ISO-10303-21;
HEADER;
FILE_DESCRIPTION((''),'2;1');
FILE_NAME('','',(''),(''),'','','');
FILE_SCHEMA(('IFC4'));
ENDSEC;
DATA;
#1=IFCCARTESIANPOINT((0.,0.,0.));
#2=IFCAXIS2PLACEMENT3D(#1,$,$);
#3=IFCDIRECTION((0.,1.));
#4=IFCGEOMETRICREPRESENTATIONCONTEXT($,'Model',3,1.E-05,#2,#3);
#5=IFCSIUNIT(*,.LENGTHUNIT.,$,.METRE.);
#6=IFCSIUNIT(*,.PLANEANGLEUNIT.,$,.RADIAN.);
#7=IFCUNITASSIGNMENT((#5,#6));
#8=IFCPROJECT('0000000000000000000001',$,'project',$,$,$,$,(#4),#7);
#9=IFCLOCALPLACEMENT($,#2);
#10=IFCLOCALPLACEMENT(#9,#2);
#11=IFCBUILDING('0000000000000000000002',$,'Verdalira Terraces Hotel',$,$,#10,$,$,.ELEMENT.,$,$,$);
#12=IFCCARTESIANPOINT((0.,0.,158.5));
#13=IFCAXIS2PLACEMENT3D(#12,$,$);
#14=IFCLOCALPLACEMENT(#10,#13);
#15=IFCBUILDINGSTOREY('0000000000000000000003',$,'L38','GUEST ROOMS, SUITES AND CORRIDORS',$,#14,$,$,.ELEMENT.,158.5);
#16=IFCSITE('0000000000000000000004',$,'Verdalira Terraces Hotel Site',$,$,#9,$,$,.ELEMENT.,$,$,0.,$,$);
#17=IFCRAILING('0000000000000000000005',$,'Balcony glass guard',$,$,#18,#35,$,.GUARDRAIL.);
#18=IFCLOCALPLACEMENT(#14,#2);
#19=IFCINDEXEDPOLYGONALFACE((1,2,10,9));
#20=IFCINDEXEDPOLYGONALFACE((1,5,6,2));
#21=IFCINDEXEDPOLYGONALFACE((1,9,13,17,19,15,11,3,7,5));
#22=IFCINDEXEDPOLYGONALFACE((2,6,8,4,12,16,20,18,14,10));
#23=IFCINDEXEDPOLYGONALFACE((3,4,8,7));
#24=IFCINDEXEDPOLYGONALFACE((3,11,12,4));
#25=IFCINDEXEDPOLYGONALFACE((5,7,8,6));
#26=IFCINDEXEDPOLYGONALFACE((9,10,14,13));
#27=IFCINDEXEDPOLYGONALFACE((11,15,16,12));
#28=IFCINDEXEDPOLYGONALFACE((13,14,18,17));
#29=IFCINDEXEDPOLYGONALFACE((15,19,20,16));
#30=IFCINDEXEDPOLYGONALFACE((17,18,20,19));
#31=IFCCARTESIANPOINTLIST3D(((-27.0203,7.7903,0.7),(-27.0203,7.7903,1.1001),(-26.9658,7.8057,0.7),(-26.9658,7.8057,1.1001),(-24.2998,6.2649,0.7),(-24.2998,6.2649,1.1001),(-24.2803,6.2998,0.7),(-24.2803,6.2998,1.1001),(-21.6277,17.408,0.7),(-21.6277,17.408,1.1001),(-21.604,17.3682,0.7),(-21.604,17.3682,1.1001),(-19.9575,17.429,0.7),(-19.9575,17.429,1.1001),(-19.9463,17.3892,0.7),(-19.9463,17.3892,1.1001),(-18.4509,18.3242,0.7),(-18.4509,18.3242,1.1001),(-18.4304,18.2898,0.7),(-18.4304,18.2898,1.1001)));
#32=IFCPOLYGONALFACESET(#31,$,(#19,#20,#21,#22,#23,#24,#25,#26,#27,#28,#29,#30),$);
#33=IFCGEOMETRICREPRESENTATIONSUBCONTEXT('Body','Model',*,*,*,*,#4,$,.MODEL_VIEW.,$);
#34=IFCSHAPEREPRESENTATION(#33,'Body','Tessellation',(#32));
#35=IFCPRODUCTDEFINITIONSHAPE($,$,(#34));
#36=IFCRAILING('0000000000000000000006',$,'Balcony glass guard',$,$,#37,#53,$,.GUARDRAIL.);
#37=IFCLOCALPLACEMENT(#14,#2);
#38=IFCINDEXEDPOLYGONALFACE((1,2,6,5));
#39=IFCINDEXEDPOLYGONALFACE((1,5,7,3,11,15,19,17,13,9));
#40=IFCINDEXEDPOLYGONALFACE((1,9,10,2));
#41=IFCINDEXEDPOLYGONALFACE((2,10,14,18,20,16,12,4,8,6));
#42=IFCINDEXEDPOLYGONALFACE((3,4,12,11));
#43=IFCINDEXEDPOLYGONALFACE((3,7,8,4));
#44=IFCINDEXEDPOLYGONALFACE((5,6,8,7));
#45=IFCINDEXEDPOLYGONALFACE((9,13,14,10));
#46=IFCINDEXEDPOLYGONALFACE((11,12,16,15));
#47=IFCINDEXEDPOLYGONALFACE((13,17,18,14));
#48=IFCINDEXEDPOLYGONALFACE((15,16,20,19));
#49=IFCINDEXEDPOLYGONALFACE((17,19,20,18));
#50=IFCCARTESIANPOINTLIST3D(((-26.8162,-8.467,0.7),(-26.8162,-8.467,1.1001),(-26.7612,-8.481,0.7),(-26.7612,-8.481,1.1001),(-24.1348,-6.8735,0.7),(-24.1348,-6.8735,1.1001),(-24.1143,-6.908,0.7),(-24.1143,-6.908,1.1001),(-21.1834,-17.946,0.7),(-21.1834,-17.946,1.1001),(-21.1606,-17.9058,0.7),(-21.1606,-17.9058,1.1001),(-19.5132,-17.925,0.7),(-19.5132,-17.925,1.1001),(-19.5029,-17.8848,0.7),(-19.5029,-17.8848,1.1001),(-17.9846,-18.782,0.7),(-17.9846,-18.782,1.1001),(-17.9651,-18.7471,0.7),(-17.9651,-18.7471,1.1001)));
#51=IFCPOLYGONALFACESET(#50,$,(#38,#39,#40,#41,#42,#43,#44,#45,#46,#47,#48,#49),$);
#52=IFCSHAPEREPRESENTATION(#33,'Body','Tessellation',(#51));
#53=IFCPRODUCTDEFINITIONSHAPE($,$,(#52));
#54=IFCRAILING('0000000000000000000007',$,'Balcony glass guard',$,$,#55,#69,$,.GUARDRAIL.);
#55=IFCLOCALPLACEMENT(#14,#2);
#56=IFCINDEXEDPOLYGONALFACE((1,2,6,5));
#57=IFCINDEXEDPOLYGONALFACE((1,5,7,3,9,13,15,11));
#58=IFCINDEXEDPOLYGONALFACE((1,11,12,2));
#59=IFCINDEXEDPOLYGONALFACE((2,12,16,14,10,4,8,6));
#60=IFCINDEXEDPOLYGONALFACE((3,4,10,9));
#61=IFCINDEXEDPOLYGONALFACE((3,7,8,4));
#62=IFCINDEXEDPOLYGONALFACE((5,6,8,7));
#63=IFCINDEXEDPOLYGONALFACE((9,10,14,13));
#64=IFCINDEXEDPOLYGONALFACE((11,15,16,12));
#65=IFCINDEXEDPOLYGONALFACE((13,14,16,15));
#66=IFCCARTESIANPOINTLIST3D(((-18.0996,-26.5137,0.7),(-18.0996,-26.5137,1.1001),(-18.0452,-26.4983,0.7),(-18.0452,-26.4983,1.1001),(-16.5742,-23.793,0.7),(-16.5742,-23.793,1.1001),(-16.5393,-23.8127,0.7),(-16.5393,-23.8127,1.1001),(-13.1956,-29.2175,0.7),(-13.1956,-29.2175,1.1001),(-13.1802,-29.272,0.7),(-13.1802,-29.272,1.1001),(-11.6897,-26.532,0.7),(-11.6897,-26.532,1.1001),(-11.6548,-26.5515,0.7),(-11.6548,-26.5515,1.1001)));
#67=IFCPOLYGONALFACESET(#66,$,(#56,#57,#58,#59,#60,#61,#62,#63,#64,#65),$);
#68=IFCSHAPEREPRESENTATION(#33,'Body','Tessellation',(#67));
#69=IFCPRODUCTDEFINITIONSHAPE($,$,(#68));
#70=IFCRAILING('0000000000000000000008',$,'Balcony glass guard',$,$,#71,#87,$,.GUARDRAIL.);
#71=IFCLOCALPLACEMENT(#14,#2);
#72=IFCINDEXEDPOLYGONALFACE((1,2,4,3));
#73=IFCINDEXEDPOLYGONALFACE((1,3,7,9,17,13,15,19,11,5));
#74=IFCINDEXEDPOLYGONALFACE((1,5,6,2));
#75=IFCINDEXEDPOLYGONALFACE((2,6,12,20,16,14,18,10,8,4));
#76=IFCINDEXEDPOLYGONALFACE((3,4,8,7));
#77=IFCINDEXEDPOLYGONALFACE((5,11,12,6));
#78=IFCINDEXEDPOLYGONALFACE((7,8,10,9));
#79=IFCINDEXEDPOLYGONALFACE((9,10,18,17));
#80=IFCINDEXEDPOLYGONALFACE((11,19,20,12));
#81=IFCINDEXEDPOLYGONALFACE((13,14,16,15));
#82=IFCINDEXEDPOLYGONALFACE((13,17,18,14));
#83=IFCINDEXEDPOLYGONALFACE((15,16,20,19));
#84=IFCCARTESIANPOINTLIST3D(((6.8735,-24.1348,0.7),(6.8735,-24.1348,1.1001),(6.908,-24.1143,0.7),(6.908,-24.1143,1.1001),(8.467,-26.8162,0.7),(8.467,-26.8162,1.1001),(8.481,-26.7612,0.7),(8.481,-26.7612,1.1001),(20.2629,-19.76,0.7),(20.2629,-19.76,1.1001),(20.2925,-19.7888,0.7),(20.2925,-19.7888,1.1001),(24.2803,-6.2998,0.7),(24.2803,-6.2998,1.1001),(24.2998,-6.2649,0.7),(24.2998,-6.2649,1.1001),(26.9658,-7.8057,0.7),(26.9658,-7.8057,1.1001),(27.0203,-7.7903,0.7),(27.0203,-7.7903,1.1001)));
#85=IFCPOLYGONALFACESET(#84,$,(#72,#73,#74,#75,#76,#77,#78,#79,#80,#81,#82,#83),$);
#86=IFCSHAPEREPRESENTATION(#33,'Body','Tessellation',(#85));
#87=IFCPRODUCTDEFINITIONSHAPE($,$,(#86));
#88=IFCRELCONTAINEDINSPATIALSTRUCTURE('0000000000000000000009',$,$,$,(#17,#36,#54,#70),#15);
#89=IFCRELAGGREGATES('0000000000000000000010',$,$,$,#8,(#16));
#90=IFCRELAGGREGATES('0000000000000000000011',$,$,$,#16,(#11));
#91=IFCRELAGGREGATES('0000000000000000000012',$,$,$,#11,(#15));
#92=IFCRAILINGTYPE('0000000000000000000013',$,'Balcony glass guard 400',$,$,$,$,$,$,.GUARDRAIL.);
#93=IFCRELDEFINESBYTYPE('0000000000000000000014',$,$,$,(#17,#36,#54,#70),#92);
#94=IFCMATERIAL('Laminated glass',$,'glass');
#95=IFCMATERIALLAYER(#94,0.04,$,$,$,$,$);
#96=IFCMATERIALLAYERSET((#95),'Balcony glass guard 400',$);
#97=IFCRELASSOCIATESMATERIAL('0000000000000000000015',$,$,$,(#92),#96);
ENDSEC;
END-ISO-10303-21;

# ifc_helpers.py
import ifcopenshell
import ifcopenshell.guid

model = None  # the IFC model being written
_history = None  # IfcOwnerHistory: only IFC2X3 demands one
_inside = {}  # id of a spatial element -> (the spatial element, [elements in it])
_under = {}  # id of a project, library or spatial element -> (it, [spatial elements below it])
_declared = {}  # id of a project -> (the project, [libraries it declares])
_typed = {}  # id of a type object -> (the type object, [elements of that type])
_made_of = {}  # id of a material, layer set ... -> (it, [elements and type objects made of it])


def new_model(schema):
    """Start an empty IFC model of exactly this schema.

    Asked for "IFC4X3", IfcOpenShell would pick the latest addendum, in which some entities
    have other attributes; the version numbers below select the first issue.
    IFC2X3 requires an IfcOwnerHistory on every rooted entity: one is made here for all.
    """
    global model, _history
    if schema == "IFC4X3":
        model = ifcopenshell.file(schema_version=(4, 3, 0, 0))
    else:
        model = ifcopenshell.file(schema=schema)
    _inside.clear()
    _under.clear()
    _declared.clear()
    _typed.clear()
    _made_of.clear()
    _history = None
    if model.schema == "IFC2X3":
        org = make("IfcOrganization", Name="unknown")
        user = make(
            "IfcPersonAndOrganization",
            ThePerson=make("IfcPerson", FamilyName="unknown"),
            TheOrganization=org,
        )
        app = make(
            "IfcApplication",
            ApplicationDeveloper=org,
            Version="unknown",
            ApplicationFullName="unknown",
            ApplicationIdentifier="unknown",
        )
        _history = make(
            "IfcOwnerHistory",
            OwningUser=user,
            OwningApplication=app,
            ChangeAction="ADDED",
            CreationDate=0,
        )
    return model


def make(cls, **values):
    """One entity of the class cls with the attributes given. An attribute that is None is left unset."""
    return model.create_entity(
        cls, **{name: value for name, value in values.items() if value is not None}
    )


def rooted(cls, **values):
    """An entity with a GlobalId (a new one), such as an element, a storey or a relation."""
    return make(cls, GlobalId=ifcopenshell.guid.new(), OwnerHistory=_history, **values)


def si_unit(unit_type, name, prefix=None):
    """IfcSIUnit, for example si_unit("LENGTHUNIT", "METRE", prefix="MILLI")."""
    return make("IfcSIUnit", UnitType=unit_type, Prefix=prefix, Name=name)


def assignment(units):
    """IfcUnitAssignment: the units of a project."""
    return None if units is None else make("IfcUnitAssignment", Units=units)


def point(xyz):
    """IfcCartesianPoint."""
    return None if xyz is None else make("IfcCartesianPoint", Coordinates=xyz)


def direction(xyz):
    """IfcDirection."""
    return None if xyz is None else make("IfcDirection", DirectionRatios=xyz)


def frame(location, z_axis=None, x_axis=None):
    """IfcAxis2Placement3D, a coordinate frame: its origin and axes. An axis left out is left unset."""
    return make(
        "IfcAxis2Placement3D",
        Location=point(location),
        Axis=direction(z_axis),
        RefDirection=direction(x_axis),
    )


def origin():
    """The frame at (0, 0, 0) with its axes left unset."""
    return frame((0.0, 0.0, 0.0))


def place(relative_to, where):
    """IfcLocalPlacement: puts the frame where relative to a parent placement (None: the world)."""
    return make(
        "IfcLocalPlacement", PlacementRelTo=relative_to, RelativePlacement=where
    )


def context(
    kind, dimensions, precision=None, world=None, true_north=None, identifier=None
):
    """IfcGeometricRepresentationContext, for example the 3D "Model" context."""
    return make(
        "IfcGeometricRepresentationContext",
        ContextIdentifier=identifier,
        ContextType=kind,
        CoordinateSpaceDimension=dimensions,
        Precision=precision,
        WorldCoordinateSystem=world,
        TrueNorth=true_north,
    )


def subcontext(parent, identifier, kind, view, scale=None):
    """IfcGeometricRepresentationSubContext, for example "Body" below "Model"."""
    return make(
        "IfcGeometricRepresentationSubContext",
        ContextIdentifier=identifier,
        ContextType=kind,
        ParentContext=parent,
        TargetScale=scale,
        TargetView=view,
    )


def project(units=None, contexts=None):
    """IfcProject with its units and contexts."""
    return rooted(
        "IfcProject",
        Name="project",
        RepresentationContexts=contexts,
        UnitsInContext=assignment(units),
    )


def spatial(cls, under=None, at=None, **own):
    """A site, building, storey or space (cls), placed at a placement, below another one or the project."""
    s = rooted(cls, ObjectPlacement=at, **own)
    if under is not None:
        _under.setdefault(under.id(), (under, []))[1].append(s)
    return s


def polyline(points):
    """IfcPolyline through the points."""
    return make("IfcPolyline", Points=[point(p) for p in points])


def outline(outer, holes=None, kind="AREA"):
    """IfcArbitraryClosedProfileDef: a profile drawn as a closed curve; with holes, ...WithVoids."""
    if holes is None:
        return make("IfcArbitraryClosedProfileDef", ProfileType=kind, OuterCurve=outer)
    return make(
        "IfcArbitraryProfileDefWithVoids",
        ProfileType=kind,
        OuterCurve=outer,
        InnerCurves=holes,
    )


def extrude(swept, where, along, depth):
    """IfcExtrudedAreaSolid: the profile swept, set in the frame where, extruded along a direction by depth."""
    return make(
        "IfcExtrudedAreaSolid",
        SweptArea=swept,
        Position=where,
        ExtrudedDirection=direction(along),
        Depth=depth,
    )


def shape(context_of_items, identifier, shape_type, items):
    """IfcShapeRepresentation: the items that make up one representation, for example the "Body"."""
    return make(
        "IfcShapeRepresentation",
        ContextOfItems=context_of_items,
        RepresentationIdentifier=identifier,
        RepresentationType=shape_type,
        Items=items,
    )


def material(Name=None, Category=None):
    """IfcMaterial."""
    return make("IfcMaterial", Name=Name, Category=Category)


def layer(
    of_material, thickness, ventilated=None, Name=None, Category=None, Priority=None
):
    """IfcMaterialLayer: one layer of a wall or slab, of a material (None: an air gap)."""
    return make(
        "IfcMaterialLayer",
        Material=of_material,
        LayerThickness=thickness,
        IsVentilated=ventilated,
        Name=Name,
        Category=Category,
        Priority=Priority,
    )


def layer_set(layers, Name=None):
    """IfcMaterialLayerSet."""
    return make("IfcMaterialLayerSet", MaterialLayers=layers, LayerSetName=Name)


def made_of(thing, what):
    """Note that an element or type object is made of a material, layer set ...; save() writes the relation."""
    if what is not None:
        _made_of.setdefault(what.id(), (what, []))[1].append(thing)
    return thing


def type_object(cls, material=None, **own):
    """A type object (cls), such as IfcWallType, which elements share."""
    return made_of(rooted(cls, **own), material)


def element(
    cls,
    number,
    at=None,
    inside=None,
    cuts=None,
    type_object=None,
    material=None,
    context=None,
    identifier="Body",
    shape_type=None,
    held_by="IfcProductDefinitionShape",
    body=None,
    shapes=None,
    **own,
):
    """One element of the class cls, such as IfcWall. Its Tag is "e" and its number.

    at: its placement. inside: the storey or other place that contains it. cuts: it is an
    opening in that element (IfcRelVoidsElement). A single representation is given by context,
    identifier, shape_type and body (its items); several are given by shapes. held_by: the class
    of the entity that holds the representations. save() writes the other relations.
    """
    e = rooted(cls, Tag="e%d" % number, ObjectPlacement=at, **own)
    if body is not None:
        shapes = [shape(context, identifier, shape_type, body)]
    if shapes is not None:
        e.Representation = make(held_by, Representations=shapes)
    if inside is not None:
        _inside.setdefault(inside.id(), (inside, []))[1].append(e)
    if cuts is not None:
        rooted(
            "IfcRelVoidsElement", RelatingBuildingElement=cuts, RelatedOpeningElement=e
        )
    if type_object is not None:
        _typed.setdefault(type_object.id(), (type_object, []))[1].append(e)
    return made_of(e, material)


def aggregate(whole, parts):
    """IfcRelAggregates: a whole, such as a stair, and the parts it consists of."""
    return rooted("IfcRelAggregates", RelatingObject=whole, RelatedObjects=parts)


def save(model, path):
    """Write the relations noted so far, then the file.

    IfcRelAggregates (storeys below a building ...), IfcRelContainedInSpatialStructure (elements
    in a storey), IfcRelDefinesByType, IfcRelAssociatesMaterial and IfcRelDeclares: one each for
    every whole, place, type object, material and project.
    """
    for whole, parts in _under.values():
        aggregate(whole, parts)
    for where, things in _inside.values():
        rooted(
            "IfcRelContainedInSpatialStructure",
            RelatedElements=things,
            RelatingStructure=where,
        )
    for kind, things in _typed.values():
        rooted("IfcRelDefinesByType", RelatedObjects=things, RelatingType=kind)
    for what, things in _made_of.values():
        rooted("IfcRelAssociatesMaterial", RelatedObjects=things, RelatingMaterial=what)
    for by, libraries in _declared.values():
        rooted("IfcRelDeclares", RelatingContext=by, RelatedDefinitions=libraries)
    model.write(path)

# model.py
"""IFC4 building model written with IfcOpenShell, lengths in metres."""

from ifc_helpers import new_model, si_unit, direction, frame, origin, place, context, subcontext, project, spatial, polyline, outline, extrude, material, layer, layer_set, type_object, element, save


model = new_model("IFC4")

# Units and contexts
model_context = context("Model", 3, precision=1e-05, world=origin(), true_north=direction((0.0, 1.0)))
body_context = subcontext(model_context, "Body", "Model", "MODEL_VIEW")
ifc_project = project(units=[si_unit("LENGTHUNIT", "METRE"), si_unit("PLANEANGLEUNIT", "RADIAN")], contexts=[model_context])

# Site, building, storey
site_placement = place(None, origin())
site = spatial("IfcSite", under=ifc_project, at=site_placement, Name="Verdalira Terraces Hotel Site", CompositionType="ELEMENT", RefElevation=0.0)
building_placement = place(site_placement, origin())
building = spatial("IfcBuilding", under=site, at=building_placement, Name="Verdalira Terraces Hotel", CompositionType="ELEMENT")
storey_placement = place(building_placement, frame((0.0, 0.0, 158.5)))
storey = spatial("IfcBuildingStorey", under=building, at=storey_placement, Name="L38", Description="GUEST ROOMS, SUITES AND CORRIDORS", CompositionType="ELEMENT", Elevation=158.5)

# Railings
ifc_material_1 = material(Name="Laminated glass", Category="glass")
ifc_layer_1 = layer(ifc_material_1, 0.04)
ifc_layer_set_1 = layer_set([ifc_layer_1], Name="Balcony glass guard 400")
railing_type = type_object("IfcRailingType", Name="Balcony glass guard 400", PredefinedType="GUARDRAIL", material=ifc_layer_set_1)
railing_1_placement = place(storey_placement, frame((0.0, 0.0, 0.7)))
element("IfcRailing", 1, at=railing_1_placement, inside=storey, type_object=railing_type, Name="Balcony glass guard", PredefinedType="GUARDRAIL", context=body_context, shape_type="SweptSolid", body=[
    extrude(outline(polyline([(-19.9463, 17.3892), (-21.604, 17.3682), (-26.9658, 7.8057), (-24.2803, 6.2998), (-24.2998, 6.2649), (-27.0203, 7.7903), (-21.6277, 17.408), (-19.9575, 17.429), (-18.4509, 18.3242), (-18.4304, 18.2898), (-19.9463, 17.3892)])), origin(), (0.0, 0.0, 1.0), 0.4001),
])
railing_2_placement = place(storey_placement, frame((0.0, 0.0, 0.7)))
element("IfcRailing", 2, at=railing_2_placement, inside=storey, type_object=railing_type, Name="Balcony glass guard", PredefinedType="GUARDRAIL", context=body_context, shape_type="SweptSolid", body=[
    extrude(outline(polyline([(-26.7612, -8.481), (-21.1606, -17.9058), (-19.5029, -17.8848), (-17.9651, -18.7471), (-17.9846, -18.782), (-19.5132, -17.925), (-21.1834, -17.946), (-26.8162, -8.467), (-24.1348, -6.8735), (-24.1143, -6.908), (-26.7612, -8.481)])), origin(), (0.0, 0.0, 1.0), 0.4001),
])
railing_3_placement = place(storey_placement, frame((0.0, 0.0, 0.7)))
element("IfcRailing", 3, at=railing_3_placement, inside=storey, type_object=railing_type, Name="Balcony glass guard", PredefinedType="GUARDRAIL", context=body_context, shape_type="SweptSolid", body=[
    extrude(outline(polyline([(-18.0452, -26.4983), (-13.1956, -29.2175), (-11.6897, -26.532), (-11.6548, -26.5515), (-13.1802, -29.272), (-18.0996, -26.5137), (-16.5742, -23.793), (-16.5393, -23.8127), (-18.0452, -26.4983)])), origin(), (0.0, 0.0, 1.0), 0.4001),
])
railing_4_placement = place(storey_placement, frame((0.0, 0.0, 0.7)))
element("IfcRailing", 4, at=railing_4_placement, inside=storey, type_object=railing_type, Name="Balcony glass guard", PredefinedType="GUARDRAIL", context=body_context, shape_type="SweptSolid", body=[
    extrude(outline(polyline([(8.481, -26.7612), (20.2629, -19.76), (26.9658, -7.8057), (24.2803, -6.2998), (24.2998, -6.2649), (27.0203, -7.7903), (20.2925, -19.7888), (8.467, -26.8162), (6.8735, -24.1348), (6.908, -24.1143), (8.481, -26.7612)])), origin(), (0.0, 0.0, 1.0), 0.4001),
])

save(model, "model.ifc")
